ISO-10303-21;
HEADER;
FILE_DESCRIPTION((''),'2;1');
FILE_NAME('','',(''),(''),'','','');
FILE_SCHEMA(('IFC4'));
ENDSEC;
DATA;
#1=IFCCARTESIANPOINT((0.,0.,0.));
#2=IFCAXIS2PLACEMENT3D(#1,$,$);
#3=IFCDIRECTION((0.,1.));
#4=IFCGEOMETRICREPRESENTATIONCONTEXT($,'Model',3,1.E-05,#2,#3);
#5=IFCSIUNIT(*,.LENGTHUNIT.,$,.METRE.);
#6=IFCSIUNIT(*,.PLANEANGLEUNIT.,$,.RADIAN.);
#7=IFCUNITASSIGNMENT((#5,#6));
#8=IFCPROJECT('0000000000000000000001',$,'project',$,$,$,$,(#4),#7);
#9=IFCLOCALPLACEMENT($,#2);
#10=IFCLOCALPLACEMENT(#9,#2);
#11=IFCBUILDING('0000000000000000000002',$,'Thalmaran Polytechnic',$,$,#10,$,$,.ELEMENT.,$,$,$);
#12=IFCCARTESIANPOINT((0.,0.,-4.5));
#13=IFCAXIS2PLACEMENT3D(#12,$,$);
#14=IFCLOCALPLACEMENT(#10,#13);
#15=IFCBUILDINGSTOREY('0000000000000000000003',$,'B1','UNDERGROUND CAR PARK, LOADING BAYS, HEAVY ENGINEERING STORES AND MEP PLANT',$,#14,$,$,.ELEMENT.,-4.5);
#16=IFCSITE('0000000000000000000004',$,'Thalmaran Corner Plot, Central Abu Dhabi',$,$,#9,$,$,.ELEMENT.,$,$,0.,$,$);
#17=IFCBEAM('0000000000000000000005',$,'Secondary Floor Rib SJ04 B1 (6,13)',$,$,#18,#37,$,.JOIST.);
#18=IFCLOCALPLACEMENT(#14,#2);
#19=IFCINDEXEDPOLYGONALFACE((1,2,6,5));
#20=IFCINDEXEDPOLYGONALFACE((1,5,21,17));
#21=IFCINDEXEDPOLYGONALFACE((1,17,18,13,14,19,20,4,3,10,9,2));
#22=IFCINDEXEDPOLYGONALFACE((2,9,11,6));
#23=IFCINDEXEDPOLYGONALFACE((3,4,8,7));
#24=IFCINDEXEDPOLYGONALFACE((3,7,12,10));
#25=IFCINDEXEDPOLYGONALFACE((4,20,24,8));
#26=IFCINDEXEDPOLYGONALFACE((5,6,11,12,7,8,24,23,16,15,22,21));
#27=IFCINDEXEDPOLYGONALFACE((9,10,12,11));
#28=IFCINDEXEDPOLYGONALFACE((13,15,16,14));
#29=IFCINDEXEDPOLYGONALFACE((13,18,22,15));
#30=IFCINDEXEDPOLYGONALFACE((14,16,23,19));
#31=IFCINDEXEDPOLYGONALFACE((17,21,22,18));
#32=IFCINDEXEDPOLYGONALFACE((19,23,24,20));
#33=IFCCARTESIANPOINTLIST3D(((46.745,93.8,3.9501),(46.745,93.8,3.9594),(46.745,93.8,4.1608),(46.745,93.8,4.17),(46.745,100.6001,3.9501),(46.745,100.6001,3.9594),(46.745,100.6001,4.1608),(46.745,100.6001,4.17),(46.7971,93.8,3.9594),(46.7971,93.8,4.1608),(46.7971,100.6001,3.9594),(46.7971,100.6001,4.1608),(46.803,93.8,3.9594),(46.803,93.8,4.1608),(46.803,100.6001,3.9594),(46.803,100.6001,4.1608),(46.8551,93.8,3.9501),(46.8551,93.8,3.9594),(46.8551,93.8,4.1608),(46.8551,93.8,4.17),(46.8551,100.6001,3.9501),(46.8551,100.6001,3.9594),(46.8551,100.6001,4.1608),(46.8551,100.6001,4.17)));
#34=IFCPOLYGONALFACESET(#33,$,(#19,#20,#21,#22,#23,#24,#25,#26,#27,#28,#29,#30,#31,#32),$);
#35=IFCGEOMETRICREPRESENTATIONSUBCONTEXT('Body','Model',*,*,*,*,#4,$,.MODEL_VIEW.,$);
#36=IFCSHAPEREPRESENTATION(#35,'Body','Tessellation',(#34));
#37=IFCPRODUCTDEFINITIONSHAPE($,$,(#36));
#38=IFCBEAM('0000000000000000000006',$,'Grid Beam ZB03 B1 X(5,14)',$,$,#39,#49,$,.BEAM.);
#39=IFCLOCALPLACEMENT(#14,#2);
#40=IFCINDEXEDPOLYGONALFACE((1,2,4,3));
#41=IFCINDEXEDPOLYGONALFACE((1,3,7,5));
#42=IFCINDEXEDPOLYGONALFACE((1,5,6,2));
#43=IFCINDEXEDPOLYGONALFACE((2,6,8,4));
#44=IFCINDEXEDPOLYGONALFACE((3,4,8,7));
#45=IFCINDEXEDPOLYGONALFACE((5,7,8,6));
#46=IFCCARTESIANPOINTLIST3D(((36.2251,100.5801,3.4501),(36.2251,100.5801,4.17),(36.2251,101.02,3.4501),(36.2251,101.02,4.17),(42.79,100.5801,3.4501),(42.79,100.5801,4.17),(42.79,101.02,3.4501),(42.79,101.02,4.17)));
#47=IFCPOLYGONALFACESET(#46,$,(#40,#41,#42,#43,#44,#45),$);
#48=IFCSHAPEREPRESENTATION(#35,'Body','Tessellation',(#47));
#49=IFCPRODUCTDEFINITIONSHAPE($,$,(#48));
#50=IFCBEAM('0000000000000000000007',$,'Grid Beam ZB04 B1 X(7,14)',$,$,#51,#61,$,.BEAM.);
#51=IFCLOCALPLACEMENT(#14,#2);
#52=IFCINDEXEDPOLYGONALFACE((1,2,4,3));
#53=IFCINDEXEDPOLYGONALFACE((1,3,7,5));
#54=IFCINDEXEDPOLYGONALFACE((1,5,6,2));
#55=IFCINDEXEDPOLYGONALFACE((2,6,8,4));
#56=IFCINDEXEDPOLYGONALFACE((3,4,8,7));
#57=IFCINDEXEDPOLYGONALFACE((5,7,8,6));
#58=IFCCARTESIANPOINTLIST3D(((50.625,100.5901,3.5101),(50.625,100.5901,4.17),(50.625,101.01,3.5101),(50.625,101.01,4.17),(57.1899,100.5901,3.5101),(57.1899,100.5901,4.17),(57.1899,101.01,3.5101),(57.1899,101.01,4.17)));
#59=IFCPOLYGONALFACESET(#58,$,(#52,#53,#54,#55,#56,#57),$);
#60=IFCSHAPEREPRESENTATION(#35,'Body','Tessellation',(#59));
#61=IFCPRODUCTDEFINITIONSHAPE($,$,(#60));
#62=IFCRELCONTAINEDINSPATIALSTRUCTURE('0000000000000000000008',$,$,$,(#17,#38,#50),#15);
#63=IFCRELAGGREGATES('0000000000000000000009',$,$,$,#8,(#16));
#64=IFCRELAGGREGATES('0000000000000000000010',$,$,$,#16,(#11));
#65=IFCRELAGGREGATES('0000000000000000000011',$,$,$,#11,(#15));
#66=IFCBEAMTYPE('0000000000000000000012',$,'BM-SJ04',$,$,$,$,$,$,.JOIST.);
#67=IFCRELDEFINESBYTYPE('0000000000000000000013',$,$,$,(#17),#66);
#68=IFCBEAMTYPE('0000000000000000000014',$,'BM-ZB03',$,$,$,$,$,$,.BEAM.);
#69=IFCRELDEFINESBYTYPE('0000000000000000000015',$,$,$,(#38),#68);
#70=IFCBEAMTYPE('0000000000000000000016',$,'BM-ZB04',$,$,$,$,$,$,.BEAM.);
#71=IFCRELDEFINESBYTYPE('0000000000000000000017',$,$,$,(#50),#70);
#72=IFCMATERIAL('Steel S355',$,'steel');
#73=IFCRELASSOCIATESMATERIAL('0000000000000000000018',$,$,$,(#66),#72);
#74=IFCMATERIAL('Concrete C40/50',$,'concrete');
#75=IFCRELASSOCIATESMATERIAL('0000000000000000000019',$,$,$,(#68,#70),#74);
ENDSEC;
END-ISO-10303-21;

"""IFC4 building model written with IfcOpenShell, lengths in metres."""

from ifc_helpers import new_model, si_unit, direction, frame, origin, origin_2d, place, context, subcontext, project, spatial, rectangle, i_section, extrude, material, material_profile, profile_set, type_object, element, save


model = new_model("IFC4")

# Units and contexts
model_context = context("Model", 3, precision=1e-05, world=origin(), true_north=direction((0.0, 1.0)))
body_context = subcontext(model_context, "Body", "Model", "MODEL_VIEW")
ifc_project = project(units=[si_unit("LENGTHUNIT", "METRE"), si_unit("PLANEANGLEUNIT", "RADIAN")], contexts=[model_context])

# Site, building, storey
site_placement = place(None, origin())
site = spatial("IfcSite", under=ifc_project, at=site_placement, Name="Thalmaran Corner Plot, Central Abu Dhabi", CompositionType="ELEMENT", RefElevation=0.0)
building_placement = place(site_placement, origin())
building = spatial("IfcBuilding", under=site, at=building_placement, Name="Thalmaran Polytechnic", CompositionType="ELEMENT")
storey_placement = place(building_placement, frame((0.0, 0.0, -4.5)))
storey = spatial("IfcBuildingStorey", under=building, at=storey_placement, Name="B1", Description="UNDERGROUND CAR PARK, LOADING BAYS, HEAVY ENGINEERING STORES AND MEP PLANT", CompositionType="ELEMENT", Elevation=-4.5)

# Shared definitions
ifc_material_1 = material(Name="Concrete C40/50", Category="concrete")

# Beams
ifc_material_2 = material(Name="Steel S355", Category="steel")
ifc_material_profile_1 = material_profile(ifc_material_2, i_section(OverallWidth=0.1101, OverallDepth=0.22, WebThickness=0.0059, FlangeThickness=0.0093, at=origin_2d()), Name="IPE 220")
ifc_profile_set_1 = profile_set([ifc_material_profile_1], Name="Steel S355")
beam_type_1 = type_object("IfcBeamType", Name="BM-SJ04", PredefinedType="JOIST", material=ifc_profile_set_1)
beam_1_placement = place(storey_placement, frame((46.8, 93.8, 4.0601), z_axis=(0.0, 1.0, 0.0), x_axis=(-1.0, 0.0, 0.0)))
element("IfcBeam", 1, at=beam_1_placement, inside=storey, type_object=beam_type_1, Name="Secondary Floor Rib SJ04 B1 (6,13)", PredefinedType="JOIST", context=body_context, shape_type="SweptSolid", body=[
    extrude(i_section(OverallWidth=0.1101, OverallDepth=0.22, WebThickness=0.0059, FlangeThickness=0.0093, at=origin_2d()), origin(), (0.0, 0.0, 1.0), 6.8),
])
ifc_material_profile_2 = material_profile(ifc_material_1, rectangle(XDim=0.4399, YDim=0.72, at=origin_2d()), Name="RC 440x720")
ifc_profile_set_2 = profile_set([ifc_material_profile_2], Name="Concrete C40/50")
beam_type_2 = type_object("IfcBeamType", Name="BM-ZB03", PredefinedType="BEAM", material=ifc_profile_set_2)
beam_2_placement = place(storey_placement, frame((36.2251, 100.8, 3.8101), z_axis=(1.0, 0.0, 0.0), x_axis=(0.0, 1.0, 0.0)))
element("IfcBeam", 2, at=beam_2_placement, inside=storey, type_object=beam_type_2, Name="Grid Beam ZB03 B1 X(5,14)", PredefinedType="BEAM", context=body_context, shape_type="SweptSolid", body=[
    extrude(rectangle(XDim=0.4399, YDim=0.72, at=origin_2d()), origin(), (0.0, 0.0, 1.0), 6.5649),
])
ifc_material_profile_3 = material_profile(ifc_material_1, rectangle(XDim=0.4199, YDim=0.6599, at=origin_2d()), Name="RC 420x660")
ifc_profile_set_3 = profile_set([ifc_material_profile_3], Name="Concrete C40/50")
beam_type_3 = type_object("IfcBeamType", Name="BM-ZB04", PredefinedType="BEAM", material=ifc_profile_set_3)
beam_3_placement = place(storey_placement, frame((50.625, 100.8, 3.8401), z_axis=(1.0, 0.0, 0.0), x_axis=(0.0, 1.0, 0.0)))
element("IfcBeam", 3, at=beam_3_placement, inside=storey, type_object=beam_type_3, Name="Grid Beam ZB04 B1 X(7,14)", PredefinedType="BEAM", context=body_context, shape_type="SweptSolid", body=[
    extrude(rectangle(XDim=0.4199, YDim=0.6599, at=origin_2d()), origin(), (0.0, 0.0, 1.0), 6.5649),
])

save(model, "model.ifc")
